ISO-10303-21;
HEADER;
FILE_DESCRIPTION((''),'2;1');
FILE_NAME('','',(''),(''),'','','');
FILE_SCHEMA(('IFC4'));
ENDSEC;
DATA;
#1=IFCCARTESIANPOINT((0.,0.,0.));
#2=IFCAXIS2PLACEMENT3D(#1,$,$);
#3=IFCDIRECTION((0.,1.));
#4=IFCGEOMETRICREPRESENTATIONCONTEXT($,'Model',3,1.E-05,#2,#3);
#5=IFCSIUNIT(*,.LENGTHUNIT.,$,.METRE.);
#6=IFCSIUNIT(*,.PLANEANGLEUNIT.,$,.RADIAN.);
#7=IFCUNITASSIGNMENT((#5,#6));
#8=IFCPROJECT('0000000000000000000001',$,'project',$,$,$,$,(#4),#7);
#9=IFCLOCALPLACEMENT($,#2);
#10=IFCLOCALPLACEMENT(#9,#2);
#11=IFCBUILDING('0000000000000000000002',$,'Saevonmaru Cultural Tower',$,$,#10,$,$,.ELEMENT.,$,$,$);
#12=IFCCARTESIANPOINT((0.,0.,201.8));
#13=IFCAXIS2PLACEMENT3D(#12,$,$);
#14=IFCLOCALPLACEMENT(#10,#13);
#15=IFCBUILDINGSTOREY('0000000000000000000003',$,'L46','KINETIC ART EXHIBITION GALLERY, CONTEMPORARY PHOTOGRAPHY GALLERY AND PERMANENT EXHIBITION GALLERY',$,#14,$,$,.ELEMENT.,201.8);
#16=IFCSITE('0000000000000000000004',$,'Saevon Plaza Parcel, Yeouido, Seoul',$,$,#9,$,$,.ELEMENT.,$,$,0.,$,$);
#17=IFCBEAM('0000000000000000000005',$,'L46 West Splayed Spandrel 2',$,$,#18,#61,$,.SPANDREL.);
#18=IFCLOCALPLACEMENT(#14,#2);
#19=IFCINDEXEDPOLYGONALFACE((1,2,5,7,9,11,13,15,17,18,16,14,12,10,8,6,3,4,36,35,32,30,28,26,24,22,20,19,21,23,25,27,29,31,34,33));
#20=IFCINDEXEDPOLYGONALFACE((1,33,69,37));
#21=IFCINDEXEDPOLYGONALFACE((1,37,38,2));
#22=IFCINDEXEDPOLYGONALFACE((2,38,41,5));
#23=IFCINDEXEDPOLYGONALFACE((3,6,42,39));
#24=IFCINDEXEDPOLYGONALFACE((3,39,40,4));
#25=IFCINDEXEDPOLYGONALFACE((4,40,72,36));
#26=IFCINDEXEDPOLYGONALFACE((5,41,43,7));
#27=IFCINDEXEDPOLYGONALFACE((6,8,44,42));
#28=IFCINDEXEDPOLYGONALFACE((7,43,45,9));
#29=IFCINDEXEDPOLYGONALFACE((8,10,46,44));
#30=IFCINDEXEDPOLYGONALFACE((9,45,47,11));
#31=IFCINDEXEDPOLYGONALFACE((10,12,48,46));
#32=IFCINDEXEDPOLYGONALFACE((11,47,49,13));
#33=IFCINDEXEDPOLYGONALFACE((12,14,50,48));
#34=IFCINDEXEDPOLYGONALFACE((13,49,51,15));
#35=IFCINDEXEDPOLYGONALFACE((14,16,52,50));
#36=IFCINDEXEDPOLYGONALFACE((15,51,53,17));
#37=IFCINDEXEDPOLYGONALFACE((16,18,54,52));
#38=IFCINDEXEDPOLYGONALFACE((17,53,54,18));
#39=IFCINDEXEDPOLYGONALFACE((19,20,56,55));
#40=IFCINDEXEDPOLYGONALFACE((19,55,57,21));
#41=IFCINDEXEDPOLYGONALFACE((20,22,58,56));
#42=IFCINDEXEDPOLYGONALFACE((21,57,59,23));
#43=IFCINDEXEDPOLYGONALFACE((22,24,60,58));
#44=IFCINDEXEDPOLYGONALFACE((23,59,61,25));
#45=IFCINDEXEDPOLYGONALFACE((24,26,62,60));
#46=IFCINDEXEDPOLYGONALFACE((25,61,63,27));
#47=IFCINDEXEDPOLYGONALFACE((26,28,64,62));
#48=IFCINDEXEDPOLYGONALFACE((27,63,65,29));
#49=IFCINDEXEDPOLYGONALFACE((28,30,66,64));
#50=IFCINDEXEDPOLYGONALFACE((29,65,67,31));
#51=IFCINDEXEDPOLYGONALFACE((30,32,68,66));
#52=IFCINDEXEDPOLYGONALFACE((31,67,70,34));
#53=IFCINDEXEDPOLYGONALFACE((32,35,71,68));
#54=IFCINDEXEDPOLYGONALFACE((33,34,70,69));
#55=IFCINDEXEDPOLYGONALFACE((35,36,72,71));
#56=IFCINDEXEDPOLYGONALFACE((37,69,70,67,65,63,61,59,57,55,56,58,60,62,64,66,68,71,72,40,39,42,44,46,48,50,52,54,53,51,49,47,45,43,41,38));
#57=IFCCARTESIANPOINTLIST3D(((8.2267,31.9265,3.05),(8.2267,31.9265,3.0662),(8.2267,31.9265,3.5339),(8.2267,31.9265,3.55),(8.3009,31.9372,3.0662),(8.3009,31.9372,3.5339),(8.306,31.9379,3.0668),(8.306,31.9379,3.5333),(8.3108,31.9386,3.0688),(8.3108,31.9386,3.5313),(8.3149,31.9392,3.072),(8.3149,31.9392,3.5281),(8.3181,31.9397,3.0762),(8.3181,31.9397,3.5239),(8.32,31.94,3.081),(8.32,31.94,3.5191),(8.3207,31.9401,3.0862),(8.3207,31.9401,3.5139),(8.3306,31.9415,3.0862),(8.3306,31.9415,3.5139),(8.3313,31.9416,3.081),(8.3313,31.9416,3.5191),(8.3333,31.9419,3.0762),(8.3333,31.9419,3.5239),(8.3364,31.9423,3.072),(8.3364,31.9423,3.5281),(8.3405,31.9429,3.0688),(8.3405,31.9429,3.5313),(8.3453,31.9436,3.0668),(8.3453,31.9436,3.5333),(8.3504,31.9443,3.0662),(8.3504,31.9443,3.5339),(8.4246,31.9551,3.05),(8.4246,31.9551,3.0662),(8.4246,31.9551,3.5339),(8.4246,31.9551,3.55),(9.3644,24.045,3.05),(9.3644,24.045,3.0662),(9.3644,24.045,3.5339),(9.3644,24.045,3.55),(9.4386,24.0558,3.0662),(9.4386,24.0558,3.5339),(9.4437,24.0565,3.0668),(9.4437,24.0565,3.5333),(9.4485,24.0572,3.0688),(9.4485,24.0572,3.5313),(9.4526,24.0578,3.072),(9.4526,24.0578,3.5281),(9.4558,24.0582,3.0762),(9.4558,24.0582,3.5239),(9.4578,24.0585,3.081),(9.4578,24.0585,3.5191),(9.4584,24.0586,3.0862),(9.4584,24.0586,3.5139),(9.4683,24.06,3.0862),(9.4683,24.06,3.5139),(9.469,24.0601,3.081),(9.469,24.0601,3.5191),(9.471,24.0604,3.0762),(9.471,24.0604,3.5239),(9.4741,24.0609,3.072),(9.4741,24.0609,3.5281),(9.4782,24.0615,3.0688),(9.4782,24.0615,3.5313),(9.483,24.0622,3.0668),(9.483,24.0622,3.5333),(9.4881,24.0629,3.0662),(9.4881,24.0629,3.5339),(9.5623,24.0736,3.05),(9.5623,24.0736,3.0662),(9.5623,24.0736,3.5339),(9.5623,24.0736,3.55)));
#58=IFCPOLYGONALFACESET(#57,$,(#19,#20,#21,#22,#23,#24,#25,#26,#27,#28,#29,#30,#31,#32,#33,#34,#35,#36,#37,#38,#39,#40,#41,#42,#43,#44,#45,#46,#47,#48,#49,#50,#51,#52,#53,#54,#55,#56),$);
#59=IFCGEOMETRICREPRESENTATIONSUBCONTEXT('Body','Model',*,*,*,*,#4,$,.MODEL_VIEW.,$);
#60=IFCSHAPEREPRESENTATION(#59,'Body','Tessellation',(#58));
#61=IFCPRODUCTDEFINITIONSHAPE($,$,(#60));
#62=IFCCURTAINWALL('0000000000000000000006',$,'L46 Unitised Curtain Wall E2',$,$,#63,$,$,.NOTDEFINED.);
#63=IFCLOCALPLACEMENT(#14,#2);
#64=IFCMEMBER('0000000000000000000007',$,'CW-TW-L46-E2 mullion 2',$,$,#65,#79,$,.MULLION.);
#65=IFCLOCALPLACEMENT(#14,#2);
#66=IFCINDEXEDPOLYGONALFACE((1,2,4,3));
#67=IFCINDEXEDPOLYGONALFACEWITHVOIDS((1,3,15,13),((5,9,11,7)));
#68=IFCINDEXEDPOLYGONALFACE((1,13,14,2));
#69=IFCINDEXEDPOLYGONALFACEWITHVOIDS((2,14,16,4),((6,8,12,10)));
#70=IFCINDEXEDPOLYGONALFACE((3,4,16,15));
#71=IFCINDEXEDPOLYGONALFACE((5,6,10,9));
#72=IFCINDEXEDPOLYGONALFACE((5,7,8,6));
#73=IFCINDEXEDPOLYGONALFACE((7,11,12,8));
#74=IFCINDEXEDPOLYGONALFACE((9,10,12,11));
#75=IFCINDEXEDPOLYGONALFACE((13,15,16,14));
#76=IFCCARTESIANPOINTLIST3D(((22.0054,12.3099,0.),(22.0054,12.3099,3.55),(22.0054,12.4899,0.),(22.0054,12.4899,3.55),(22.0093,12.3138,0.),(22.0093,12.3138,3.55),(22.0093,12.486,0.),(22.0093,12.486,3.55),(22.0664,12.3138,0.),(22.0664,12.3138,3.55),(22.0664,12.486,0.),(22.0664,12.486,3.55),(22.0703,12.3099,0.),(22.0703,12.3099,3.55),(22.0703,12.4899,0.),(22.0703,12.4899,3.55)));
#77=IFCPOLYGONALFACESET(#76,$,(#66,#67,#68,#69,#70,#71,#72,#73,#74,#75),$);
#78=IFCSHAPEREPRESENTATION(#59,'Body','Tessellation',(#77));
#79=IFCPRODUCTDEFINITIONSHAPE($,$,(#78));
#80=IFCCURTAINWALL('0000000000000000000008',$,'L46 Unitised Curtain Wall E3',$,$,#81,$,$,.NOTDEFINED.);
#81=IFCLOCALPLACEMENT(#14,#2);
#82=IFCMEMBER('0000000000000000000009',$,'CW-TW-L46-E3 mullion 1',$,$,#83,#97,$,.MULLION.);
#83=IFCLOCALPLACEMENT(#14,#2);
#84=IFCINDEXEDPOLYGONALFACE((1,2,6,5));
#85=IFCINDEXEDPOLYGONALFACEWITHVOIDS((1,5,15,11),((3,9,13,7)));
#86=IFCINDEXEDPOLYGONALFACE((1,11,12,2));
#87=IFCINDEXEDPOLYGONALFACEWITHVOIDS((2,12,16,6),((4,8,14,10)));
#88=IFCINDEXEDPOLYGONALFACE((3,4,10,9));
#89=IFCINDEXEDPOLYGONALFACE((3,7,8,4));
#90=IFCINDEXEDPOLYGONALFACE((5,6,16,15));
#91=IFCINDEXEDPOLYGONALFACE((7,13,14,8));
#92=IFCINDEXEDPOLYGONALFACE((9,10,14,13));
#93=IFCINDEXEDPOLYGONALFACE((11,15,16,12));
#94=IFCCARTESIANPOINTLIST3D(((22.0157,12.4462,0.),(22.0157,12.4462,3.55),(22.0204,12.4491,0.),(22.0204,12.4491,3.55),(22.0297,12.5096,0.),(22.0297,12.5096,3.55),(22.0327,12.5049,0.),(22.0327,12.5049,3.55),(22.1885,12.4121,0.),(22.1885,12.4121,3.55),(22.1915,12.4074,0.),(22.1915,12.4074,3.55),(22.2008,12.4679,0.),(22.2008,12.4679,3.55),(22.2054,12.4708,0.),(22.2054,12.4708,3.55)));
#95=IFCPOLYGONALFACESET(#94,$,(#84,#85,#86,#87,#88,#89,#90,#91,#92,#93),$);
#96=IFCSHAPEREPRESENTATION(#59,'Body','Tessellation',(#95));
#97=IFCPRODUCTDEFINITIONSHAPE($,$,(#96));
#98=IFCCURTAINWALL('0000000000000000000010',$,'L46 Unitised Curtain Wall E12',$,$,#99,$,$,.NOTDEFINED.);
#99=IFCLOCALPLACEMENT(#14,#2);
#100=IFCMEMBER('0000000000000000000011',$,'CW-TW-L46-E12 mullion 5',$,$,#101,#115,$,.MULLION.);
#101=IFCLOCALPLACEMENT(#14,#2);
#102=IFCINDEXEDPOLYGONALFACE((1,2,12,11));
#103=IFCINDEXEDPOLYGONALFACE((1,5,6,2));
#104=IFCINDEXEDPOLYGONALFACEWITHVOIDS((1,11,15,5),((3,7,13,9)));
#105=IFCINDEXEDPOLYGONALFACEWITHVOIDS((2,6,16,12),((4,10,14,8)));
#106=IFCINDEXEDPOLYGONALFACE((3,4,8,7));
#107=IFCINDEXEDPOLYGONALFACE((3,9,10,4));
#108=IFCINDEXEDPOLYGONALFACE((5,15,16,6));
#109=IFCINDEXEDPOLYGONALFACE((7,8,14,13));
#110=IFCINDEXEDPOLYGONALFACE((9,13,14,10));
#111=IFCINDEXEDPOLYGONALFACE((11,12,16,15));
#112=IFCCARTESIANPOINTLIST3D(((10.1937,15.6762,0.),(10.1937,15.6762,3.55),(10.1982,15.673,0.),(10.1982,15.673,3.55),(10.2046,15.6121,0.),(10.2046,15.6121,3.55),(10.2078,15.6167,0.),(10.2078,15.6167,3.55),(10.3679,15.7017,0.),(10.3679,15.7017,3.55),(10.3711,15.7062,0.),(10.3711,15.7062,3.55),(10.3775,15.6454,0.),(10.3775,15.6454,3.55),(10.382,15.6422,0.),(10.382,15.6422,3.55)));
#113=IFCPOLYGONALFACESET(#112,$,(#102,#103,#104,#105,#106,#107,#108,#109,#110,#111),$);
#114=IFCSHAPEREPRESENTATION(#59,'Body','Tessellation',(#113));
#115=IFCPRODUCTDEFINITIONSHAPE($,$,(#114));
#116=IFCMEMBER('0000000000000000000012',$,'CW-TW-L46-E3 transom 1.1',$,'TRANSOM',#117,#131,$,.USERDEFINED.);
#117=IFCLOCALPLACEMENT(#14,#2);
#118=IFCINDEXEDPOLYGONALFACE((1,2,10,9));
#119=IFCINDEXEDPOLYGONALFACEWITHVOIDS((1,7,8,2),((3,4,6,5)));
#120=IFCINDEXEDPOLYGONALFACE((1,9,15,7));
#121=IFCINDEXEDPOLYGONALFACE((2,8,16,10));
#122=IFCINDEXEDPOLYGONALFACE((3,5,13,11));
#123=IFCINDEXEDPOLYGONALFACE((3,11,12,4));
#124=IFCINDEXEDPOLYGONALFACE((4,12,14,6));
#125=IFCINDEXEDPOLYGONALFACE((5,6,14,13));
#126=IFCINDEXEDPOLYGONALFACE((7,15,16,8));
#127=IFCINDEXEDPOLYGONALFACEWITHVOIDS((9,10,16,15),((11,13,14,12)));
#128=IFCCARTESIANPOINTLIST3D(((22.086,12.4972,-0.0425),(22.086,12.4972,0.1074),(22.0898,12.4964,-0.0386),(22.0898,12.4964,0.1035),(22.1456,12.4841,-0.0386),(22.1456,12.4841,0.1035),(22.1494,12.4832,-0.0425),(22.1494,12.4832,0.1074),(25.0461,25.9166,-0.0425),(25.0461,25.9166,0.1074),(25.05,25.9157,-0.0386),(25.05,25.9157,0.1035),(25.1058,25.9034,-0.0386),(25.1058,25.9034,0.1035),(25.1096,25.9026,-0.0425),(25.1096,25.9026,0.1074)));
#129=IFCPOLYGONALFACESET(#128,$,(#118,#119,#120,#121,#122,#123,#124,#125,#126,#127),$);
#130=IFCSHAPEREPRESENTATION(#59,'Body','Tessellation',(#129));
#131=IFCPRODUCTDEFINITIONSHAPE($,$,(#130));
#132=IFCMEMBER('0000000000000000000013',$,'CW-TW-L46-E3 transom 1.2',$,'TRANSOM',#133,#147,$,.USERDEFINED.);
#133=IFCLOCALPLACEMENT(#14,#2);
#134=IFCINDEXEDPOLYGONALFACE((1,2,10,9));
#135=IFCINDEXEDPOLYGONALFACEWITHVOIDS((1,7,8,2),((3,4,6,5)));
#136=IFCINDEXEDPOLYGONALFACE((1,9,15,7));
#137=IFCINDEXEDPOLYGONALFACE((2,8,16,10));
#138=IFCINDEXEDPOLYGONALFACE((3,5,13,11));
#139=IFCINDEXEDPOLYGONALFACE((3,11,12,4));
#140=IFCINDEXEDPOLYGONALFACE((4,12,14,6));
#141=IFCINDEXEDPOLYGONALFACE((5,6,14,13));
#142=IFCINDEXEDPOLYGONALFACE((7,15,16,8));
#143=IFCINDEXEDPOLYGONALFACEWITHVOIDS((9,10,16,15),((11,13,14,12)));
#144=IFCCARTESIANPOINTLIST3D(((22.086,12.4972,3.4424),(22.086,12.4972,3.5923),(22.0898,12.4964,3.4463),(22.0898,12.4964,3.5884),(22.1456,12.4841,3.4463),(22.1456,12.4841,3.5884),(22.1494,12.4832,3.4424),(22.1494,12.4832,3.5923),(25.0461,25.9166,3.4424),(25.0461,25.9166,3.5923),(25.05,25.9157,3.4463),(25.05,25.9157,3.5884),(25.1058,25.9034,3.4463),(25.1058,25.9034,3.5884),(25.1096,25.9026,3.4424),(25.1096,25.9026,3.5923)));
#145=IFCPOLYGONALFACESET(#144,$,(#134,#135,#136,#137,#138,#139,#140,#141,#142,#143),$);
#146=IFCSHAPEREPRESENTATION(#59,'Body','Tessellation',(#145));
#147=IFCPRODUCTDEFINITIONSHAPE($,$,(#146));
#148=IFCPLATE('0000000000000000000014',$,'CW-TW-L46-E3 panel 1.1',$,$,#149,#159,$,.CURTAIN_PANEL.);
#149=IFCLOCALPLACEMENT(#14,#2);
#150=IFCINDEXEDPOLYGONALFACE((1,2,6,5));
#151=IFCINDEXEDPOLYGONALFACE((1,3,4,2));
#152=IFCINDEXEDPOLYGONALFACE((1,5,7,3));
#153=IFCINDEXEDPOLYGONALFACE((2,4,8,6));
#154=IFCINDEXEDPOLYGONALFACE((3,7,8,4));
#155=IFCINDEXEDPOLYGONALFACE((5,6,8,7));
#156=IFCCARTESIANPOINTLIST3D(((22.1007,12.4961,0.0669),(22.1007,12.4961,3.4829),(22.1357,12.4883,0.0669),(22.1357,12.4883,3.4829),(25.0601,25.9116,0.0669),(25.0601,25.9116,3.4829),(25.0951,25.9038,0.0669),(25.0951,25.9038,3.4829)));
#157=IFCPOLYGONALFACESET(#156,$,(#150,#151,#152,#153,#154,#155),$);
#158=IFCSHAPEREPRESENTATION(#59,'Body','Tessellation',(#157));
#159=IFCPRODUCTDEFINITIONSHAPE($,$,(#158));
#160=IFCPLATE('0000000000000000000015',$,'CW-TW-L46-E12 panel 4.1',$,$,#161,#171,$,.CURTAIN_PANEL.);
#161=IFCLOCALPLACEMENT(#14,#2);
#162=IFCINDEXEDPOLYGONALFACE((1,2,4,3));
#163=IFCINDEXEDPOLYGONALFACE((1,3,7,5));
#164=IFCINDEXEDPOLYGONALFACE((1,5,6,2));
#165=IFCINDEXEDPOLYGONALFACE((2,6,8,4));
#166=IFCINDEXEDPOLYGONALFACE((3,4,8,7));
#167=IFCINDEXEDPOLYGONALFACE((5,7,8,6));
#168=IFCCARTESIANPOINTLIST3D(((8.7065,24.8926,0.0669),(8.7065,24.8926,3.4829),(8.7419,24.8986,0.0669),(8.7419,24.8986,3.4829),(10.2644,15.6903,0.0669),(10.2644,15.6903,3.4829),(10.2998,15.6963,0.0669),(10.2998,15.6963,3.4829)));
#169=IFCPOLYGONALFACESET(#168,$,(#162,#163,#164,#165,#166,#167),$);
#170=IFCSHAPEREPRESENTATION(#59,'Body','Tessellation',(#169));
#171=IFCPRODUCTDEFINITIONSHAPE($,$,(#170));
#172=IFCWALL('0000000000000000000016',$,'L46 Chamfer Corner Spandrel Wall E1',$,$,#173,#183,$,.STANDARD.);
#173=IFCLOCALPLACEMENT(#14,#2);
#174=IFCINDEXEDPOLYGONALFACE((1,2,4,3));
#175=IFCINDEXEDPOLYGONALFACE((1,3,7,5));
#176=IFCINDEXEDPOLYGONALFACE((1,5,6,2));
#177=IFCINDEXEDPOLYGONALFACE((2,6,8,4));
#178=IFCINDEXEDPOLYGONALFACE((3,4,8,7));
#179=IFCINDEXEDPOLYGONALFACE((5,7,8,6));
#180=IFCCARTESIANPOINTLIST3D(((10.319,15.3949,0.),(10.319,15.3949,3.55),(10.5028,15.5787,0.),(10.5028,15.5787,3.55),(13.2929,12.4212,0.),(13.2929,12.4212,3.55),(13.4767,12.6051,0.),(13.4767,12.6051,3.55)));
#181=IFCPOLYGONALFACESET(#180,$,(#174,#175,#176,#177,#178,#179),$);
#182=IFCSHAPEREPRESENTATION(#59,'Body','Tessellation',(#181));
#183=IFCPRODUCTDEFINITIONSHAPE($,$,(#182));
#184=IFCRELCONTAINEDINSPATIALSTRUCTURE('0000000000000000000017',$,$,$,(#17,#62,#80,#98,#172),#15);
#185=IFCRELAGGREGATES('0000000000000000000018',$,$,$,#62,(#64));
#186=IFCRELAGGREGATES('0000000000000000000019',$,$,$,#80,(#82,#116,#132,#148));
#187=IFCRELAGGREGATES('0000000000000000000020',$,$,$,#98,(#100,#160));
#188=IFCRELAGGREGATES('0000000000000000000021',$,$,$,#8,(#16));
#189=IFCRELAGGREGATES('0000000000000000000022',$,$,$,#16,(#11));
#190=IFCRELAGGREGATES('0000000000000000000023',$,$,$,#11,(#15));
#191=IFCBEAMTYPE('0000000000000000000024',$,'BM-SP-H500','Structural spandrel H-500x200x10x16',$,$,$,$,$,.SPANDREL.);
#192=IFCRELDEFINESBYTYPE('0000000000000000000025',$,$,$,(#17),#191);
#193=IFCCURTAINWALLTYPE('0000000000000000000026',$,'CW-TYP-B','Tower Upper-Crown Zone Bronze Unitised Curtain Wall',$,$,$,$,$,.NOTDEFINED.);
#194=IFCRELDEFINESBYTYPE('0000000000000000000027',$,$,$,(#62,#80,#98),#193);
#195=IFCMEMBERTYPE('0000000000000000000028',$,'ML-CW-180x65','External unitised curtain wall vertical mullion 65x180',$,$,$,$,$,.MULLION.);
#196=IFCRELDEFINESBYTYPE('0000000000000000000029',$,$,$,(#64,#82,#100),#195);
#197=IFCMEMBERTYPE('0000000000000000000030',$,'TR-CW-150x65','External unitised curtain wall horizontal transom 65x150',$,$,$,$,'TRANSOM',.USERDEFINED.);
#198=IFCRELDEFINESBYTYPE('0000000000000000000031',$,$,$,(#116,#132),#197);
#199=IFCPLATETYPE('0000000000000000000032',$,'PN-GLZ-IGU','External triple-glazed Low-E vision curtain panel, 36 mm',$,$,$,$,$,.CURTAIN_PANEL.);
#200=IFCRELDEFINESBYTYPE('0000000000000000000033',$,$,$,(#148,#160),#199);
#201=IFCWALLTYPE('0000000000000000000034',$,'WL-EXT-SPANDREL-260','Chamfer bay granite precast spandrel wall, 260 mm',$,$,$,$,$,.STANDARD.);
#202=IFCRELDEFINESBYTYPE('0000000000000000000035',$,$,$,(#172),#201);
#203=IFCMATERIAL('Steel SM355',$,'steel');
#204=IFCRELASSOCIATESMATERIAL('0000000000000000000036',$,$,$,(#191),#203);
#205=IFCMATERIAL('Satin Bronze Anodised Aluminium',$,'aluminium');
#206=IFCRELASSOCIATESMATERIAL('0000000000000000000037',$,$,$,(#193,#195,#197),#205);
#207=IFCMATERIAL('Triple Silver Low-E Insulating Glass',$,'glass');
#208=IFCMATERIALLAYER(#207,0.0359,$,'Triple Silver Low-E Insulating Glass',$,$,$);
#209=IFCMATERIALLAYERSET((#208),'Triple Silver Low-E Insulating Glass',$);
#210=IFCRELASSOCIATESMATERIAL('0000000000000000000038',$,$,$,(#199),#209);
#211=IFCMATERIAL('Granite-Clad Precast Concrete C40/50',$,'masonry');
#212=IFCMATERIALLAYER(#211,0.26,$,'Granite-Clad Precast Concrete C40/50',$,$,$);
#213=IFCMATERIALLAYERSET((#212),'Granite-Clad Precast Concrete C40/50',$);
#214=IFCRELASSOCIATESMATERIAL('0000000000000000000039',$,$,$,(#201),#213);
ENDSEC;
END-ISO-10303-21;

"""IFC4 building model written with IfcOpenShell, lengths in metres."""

from ifc_helpers import new_model, si_unit, direction, frame, frame_2d, origin, origin_2d, place, context, subcontext, project, spatial, rectangle, hollow_rectangle, i_section, extrude, material, layer, layer_set, material_profile, profile_set, type_object, element, aggregate, save


model = new_model("IFC4")

# Units and contexts
model_context = context("Model", 3, precision=1e-05, world=origin(), true_north=direction((0.0, 1.0)))
body_context = subcontext(model_context, "Body", "Model", "MODEL_VIEW")
ifc_project = project(units=[si_unit("LENGTHUNIT", "METRE"), si_unit("PLANEANGLEUNIT", "RADIAN")], contexts=[model_context])

# Site, building, storey
site_placement = place(None, origin())
site = spatial("IfcSite", under=ifc_project, at=site_placement, Name="Saevon Plaza Parcel, Yeouido, Seoul", CompositionType="ELEMENT", RefElevation=0.0)
building_placement = place(site_placement, origin())
building = spatial("IfcBuilding", under=site, at=building_placement, Name="Saevonmaru Cultural Tower", CompositionType="ELEMENT")
storey_placement = place(building_placement, frame((0.0, 0.0, 201.8)))
storey = spatial("IfcBuildingStorey", under=building, at=storey_placement, Name="L46", Description="KINETIC ART EXHIBITION GALLERY, CONTEMPORARY PHOTOGRAPHY GALLERY AND PERMANENT EXHIBITION GALLERY", CompositionType="ELEMENT", Elevation=201.8)

# Shared definitions
ifc_material_1 = material(Name="Steel SM355", Category="steel")

# Beam
ifc_material_profile_1 = material_profile(ifc_material_1, i_section(OverallWidth=0.2, OverallDepth=0.5, WebThickness=0.01, FlangeThickness=0.0161, FilletRadius=0.02, at=origin_2d()), Name="H-500x200x10x16")
ifc_profile_set_1 = profile_set([ifc_material_profile_1], Name="Steel SM355")
beam_type_1 = type_object("IfcBeamType", Name="BM-SP-H500", Description="Structural spandrel H-500x200x10x16", PredefinedType="SPANDREL", material=ifc_profile_set_1)
for number, where, z_axis, x_axis, name in (
    (1, (9.4634, 24.0593, 3.3), (-0.142872, 0.989741, 0.0), (-0.989741, -0.142872, 0.0), "L46 West Splayed Spandrel 2"),
):
    element("IfcBeam", number, at=place(storey_placement, frame(where, z_axis=z_axis, x_axis=x_axis)), inside=storey, type_object=beam_type_1, Name=name, PredefinedType="SPANDREL", context=body_context, shape_type="SweptSolid", body=[
        extrude(i_section(OverallWidth=0.2, OverallDepth=0.5, WebThickness=0.01, FlangeThickness=0.0161, FilletRadius=0.02, at=origin_2d()), origin(), (0.0, 0.0, 1.0), 7.9631),
    ])

# Curtain walls, members
ifc_material_2 = material(Name="Satin Bronze Anodised Aluminium", Category="aluminium")
curtain_wall_type = type_object("IfcCurtainWallType", Name="CW-TYP-B", Description="Tower Upper-Crown Zone Bronze Unitised Curtain Wall", PredefinedType="NOTDEFINED", material=ifc_material_2)
curtain_wall_1_placement = place(storey_placement, origin())
curtain_wall_1 = element("IfcCurtainWall", 2, at=curtain_wall_1_placement, inside=storey, type_object=curtain_wall_type, Name="L46 Unitised Curtain Wall E2", PredefinedType="NOTDEFINED")
ifc_material_profile_2 = material_profile(ifc_material_2, hollow_rectangle(XDim=0.0649, YDim=0.1799, WallThickness=0.0039, at=origin_2d()), Name="ALU-MULL-180x65x4")
ifc_profile_set_2 = profile_set([ifc_material_profile_2], Name="Satin Bronze Anodised Aluminium")
member_type_1 = type_object("IfcMemberType", Name="ML-CW-180x65", Description="External unitised curtain wall vertical mullion 65x180", PredefinedType="MULLION", material=ifc_profile_set_2)
member_1_placement = place(storey_placement, frame((22.0378, 12.3999, 0.0), z_axis=(0.0, 0.0, 1.0), x_axis=(1.0, 0.0, 0.0)))
member_1 = element("IfcMember", 3, at=member_1_placement, type_object=member_type_1, Name="CW-TW-L46-E2 mullion 2", PredefinedType="MULLION", context=body_context, shape_type="SweptSolid", body=[
    extrude(hollow_rectangle(XDim=0.0649, YDim=0.1799, WallThickness=0.0039, at=origin_2d()), origin(), (0.0, 0.0, 1.0), 3.55),
])
aggregate(curtain_wall_1, [member_1])
curtain_wall_2_placement = place(storey_placement, origin())
curtain_wall_2 = element("IfcCurtainWall", 4, at=curtain_wall_2_placement, inside=storey, type_object=curtain_wall_type, Name="L46 Unitised Curtain Wall E3", PredefinedType="NOTDEFINED")
member_2_placement = place(storey_placement, frame((22.1106, 12.4585, 0.0), z_axis=(0.0, 0.0, 1.0), x_axis=(0.215413, 0.976523, 0.0)))
member_2 = element("IfcMember", 5, at=member_2_placement, type_object=member_type_1, Name="CW-TW-L46-E3 mullion 1", PredefinedType="MULLION", context=body_context, shape_type="SweptSolid", body=[
    extrude(hollow_rectangle(XDim=0.0649, YDim=0.1799, WallThickness=0.0039, at=origin_2d()), origin(), (0.0, 0.0, 1.0), 3.55),
])
curtain_wall_3_placement = place(storey_placement, origin())
curtain_wall_3 = element("IfcCurtainWall", 6, at=curtain_wall_3_placement, inside=storey, type_object=curtain_wall_type, Name="L46 Unitised Curtain Wall E12", PredefinedType="NOTDEFINED")
member_3_placement = place(storey_placement, frame((10.2878, 15.6592, 0.0), z_axis=(0.0, 0.0, 1.0), x_axis=(0.166922, -0.98597, 0.0)))
member_3 = element("IfcMember", 7, at=member_3_placement, type_object=member_type_1, Name="CW-TW-L46-E12 mullion 5", PredefinedType="MULLION", context=body_context, shape_type="SweptSolid", body=[
    extrude(hollow_rectangle(XDim=0.0649, YDim=0.1799, WallThickness=0.0039, at=origin_2d()), origin(), (0.0, 0.0, 1.0), 3.55),
])

# Members
ifc_material_profile_3 = material_profile(ifc_material_2, hollow_rectangle(XDim=0.0649, YDim=0.1499, WallThickness=0.0039, at=origin_2d()), Name="ALU-TRAN-150x65x4")
ifc_profile_set_3 = profile_set([ifc_material_profile_3], Name="Satin Bronze Anodised Aluminium")
member_type_2 = type_object("IfcMemberType", Name="TR-CW-150x65", Description="External unitised curtain wall horizontal transom 65x150", ElementType="TRANSOM", PredefinedType="USERDEFINED", material=ifc_profile_set_3)
member_4_placement = place(storey_placement, frame((22.1177, 12.4902, 0.0325), z_axis=(0.215412, 0.976523, 0.0), x_axis=(-0.976523, 0.215412, 0.0)))
member_4 = element("IfcMember", 8, at=member_4_placement, type_object=member_type_2, Name="CW-TW-L46-E3 transom 1.1", ObjectType="TRANSOM", PredefinedType="USERDEFINED", context=body_context, shape_type="SweptSolid", body=[
    extrude(hollow_rectangle(XDim=0.0649, YDim=0.1499, WallThickness=0.0039, at=origin_2d()), origin(), (0.0, 0.0, 1.0), 13.7419),
])
member_5_placement = place(storey_placement, frame((22.1177, 12.4902, 3.5173), z_axis=(0.215412, 0.976523, 0.0), x_axis=(-0.976523, 0.215412, 0.0)))
member_5 = element("IfcMember", 9, at=member_5_placement, type_object=member_type_2, Name="CW-TW-L46-E3 transom 1.2", ObjectType="TRANSOM", PredefinedType="USERDEFINED", context=body_context, shape_type="SweptSolid", body=[
    extrude(hollow_rectangle(XDim=0.0649, YDim=0.1499, WallThickness=0.0039, at=origin_2d()), origin(), (0.0, 0.0, 1.0), 13.7419),
])

# Plates
ifc_material_3 = material(Name="Triple Silver Low-E Insulating Glass", Category="glass")
ifc_layer_1 = layer(ifc_material_3, 0.0359, Name="Triple Silver Low-E Insulating Glass")
ifc_layer_set_1 = layer_set([ifc_layer_1], Name="Triple Silver Low-E Insulating Glass")
plate_type = type_object("IfcPlateType", Name="PN-GLZ-IGU", Description="External triple-glazed Low-E vision curtain panel, 36 mm", PredefinedType="CURTAIN_PANEL", material=ifc_layer_set_1)
plate_1_placement = place(storey_placement, frame((23.5979, 19.2, 0.0669), z_axis=(0.0, 0.0, 1.0), x_axis=(0.215413, 0.976523, 0.0)))
plate_1 = element("IfcPlate", 10, at=plate_1_placement, type_object=plate_type, Name="CW-TW-L46-E3 panel 1.1", PredefinedType="CURTAIN_PANEL", context=body_context, shape_type="SweptSolid", body=[
    extrude(rectangle(XDim=13.738, YDim=0.0359, at=origin_2d()), origin(), (0.0, 0.0, 1.0), 3.416),
])
aggregate(curtain_wall_2, [member_2, member_4, member_5, plate_1])
plate_2_placement = place(storey_placement, frame((9.5032, 20.2944, 0.0669), z_axis=(0.0, 0.0, 1.0), x_axis=(0.166922, -0.98597, 0.0)))
plate_2 = element("IfcPlate", 11, at=plate_2_placement, type_object=plate_type, Name="CW-TW-L46-E12 panel 4.1", PredefinedType="CURTAIN_PANEL", context=body_context, shape_type="SweptSolid", body=[
    extrude(rectangle(XDim=9.3333, YDim=0.0359, at=origin_2d()), origin(), (0.0, 0.0, 1.0), 3.416),
])
aggregate(curtain_wall_3, [member_3, plate_2])

# Wall
ifc_material_4 = material(Name="Granite-Clad Precast Concrete C40/50", Category="masonry")
ifc_layer_2 = layer(ifc_material_4, 0.26, Name="Granite-Clad Precast Concrete C40/50")
ifc_layer_set_2 = layer_set([ifc_layer_2], Name="Granite-Clad Precast Concrete C40/50")
wall_type_1 = type_object("IfcWallType", Name="WL-EXT-SPANDREL-260", Description="Chamfer bay granite precast spandrel wall, 260 mm", PredefinedType="STANDARD", material=ifc_layer_set_2)
wall_1_placement = place(storey_placement, frame((10.4109, 15.4868, 0.0), z_axis=(0.0, 0.0, 1.0), x_axis=(0.707136, -0.707078, 0.0)))
element("IfcWall", 12, at=wall_1_placement, inside=storey, type_object=wall_type_1, Name="L46 Chamfer Corner Spandrel Wall E1", PredefinedType="STANDARD", context=body_context, shape_type="SweptSolid", body=[
    extrude(rectangle(XDim=4.2056, YDim=0.26, at=frame_2d((2.1028, 0.0))), origin(), (0.0, 0.0, 1.0), 3.55),
])

save(model, "model.ifc")
